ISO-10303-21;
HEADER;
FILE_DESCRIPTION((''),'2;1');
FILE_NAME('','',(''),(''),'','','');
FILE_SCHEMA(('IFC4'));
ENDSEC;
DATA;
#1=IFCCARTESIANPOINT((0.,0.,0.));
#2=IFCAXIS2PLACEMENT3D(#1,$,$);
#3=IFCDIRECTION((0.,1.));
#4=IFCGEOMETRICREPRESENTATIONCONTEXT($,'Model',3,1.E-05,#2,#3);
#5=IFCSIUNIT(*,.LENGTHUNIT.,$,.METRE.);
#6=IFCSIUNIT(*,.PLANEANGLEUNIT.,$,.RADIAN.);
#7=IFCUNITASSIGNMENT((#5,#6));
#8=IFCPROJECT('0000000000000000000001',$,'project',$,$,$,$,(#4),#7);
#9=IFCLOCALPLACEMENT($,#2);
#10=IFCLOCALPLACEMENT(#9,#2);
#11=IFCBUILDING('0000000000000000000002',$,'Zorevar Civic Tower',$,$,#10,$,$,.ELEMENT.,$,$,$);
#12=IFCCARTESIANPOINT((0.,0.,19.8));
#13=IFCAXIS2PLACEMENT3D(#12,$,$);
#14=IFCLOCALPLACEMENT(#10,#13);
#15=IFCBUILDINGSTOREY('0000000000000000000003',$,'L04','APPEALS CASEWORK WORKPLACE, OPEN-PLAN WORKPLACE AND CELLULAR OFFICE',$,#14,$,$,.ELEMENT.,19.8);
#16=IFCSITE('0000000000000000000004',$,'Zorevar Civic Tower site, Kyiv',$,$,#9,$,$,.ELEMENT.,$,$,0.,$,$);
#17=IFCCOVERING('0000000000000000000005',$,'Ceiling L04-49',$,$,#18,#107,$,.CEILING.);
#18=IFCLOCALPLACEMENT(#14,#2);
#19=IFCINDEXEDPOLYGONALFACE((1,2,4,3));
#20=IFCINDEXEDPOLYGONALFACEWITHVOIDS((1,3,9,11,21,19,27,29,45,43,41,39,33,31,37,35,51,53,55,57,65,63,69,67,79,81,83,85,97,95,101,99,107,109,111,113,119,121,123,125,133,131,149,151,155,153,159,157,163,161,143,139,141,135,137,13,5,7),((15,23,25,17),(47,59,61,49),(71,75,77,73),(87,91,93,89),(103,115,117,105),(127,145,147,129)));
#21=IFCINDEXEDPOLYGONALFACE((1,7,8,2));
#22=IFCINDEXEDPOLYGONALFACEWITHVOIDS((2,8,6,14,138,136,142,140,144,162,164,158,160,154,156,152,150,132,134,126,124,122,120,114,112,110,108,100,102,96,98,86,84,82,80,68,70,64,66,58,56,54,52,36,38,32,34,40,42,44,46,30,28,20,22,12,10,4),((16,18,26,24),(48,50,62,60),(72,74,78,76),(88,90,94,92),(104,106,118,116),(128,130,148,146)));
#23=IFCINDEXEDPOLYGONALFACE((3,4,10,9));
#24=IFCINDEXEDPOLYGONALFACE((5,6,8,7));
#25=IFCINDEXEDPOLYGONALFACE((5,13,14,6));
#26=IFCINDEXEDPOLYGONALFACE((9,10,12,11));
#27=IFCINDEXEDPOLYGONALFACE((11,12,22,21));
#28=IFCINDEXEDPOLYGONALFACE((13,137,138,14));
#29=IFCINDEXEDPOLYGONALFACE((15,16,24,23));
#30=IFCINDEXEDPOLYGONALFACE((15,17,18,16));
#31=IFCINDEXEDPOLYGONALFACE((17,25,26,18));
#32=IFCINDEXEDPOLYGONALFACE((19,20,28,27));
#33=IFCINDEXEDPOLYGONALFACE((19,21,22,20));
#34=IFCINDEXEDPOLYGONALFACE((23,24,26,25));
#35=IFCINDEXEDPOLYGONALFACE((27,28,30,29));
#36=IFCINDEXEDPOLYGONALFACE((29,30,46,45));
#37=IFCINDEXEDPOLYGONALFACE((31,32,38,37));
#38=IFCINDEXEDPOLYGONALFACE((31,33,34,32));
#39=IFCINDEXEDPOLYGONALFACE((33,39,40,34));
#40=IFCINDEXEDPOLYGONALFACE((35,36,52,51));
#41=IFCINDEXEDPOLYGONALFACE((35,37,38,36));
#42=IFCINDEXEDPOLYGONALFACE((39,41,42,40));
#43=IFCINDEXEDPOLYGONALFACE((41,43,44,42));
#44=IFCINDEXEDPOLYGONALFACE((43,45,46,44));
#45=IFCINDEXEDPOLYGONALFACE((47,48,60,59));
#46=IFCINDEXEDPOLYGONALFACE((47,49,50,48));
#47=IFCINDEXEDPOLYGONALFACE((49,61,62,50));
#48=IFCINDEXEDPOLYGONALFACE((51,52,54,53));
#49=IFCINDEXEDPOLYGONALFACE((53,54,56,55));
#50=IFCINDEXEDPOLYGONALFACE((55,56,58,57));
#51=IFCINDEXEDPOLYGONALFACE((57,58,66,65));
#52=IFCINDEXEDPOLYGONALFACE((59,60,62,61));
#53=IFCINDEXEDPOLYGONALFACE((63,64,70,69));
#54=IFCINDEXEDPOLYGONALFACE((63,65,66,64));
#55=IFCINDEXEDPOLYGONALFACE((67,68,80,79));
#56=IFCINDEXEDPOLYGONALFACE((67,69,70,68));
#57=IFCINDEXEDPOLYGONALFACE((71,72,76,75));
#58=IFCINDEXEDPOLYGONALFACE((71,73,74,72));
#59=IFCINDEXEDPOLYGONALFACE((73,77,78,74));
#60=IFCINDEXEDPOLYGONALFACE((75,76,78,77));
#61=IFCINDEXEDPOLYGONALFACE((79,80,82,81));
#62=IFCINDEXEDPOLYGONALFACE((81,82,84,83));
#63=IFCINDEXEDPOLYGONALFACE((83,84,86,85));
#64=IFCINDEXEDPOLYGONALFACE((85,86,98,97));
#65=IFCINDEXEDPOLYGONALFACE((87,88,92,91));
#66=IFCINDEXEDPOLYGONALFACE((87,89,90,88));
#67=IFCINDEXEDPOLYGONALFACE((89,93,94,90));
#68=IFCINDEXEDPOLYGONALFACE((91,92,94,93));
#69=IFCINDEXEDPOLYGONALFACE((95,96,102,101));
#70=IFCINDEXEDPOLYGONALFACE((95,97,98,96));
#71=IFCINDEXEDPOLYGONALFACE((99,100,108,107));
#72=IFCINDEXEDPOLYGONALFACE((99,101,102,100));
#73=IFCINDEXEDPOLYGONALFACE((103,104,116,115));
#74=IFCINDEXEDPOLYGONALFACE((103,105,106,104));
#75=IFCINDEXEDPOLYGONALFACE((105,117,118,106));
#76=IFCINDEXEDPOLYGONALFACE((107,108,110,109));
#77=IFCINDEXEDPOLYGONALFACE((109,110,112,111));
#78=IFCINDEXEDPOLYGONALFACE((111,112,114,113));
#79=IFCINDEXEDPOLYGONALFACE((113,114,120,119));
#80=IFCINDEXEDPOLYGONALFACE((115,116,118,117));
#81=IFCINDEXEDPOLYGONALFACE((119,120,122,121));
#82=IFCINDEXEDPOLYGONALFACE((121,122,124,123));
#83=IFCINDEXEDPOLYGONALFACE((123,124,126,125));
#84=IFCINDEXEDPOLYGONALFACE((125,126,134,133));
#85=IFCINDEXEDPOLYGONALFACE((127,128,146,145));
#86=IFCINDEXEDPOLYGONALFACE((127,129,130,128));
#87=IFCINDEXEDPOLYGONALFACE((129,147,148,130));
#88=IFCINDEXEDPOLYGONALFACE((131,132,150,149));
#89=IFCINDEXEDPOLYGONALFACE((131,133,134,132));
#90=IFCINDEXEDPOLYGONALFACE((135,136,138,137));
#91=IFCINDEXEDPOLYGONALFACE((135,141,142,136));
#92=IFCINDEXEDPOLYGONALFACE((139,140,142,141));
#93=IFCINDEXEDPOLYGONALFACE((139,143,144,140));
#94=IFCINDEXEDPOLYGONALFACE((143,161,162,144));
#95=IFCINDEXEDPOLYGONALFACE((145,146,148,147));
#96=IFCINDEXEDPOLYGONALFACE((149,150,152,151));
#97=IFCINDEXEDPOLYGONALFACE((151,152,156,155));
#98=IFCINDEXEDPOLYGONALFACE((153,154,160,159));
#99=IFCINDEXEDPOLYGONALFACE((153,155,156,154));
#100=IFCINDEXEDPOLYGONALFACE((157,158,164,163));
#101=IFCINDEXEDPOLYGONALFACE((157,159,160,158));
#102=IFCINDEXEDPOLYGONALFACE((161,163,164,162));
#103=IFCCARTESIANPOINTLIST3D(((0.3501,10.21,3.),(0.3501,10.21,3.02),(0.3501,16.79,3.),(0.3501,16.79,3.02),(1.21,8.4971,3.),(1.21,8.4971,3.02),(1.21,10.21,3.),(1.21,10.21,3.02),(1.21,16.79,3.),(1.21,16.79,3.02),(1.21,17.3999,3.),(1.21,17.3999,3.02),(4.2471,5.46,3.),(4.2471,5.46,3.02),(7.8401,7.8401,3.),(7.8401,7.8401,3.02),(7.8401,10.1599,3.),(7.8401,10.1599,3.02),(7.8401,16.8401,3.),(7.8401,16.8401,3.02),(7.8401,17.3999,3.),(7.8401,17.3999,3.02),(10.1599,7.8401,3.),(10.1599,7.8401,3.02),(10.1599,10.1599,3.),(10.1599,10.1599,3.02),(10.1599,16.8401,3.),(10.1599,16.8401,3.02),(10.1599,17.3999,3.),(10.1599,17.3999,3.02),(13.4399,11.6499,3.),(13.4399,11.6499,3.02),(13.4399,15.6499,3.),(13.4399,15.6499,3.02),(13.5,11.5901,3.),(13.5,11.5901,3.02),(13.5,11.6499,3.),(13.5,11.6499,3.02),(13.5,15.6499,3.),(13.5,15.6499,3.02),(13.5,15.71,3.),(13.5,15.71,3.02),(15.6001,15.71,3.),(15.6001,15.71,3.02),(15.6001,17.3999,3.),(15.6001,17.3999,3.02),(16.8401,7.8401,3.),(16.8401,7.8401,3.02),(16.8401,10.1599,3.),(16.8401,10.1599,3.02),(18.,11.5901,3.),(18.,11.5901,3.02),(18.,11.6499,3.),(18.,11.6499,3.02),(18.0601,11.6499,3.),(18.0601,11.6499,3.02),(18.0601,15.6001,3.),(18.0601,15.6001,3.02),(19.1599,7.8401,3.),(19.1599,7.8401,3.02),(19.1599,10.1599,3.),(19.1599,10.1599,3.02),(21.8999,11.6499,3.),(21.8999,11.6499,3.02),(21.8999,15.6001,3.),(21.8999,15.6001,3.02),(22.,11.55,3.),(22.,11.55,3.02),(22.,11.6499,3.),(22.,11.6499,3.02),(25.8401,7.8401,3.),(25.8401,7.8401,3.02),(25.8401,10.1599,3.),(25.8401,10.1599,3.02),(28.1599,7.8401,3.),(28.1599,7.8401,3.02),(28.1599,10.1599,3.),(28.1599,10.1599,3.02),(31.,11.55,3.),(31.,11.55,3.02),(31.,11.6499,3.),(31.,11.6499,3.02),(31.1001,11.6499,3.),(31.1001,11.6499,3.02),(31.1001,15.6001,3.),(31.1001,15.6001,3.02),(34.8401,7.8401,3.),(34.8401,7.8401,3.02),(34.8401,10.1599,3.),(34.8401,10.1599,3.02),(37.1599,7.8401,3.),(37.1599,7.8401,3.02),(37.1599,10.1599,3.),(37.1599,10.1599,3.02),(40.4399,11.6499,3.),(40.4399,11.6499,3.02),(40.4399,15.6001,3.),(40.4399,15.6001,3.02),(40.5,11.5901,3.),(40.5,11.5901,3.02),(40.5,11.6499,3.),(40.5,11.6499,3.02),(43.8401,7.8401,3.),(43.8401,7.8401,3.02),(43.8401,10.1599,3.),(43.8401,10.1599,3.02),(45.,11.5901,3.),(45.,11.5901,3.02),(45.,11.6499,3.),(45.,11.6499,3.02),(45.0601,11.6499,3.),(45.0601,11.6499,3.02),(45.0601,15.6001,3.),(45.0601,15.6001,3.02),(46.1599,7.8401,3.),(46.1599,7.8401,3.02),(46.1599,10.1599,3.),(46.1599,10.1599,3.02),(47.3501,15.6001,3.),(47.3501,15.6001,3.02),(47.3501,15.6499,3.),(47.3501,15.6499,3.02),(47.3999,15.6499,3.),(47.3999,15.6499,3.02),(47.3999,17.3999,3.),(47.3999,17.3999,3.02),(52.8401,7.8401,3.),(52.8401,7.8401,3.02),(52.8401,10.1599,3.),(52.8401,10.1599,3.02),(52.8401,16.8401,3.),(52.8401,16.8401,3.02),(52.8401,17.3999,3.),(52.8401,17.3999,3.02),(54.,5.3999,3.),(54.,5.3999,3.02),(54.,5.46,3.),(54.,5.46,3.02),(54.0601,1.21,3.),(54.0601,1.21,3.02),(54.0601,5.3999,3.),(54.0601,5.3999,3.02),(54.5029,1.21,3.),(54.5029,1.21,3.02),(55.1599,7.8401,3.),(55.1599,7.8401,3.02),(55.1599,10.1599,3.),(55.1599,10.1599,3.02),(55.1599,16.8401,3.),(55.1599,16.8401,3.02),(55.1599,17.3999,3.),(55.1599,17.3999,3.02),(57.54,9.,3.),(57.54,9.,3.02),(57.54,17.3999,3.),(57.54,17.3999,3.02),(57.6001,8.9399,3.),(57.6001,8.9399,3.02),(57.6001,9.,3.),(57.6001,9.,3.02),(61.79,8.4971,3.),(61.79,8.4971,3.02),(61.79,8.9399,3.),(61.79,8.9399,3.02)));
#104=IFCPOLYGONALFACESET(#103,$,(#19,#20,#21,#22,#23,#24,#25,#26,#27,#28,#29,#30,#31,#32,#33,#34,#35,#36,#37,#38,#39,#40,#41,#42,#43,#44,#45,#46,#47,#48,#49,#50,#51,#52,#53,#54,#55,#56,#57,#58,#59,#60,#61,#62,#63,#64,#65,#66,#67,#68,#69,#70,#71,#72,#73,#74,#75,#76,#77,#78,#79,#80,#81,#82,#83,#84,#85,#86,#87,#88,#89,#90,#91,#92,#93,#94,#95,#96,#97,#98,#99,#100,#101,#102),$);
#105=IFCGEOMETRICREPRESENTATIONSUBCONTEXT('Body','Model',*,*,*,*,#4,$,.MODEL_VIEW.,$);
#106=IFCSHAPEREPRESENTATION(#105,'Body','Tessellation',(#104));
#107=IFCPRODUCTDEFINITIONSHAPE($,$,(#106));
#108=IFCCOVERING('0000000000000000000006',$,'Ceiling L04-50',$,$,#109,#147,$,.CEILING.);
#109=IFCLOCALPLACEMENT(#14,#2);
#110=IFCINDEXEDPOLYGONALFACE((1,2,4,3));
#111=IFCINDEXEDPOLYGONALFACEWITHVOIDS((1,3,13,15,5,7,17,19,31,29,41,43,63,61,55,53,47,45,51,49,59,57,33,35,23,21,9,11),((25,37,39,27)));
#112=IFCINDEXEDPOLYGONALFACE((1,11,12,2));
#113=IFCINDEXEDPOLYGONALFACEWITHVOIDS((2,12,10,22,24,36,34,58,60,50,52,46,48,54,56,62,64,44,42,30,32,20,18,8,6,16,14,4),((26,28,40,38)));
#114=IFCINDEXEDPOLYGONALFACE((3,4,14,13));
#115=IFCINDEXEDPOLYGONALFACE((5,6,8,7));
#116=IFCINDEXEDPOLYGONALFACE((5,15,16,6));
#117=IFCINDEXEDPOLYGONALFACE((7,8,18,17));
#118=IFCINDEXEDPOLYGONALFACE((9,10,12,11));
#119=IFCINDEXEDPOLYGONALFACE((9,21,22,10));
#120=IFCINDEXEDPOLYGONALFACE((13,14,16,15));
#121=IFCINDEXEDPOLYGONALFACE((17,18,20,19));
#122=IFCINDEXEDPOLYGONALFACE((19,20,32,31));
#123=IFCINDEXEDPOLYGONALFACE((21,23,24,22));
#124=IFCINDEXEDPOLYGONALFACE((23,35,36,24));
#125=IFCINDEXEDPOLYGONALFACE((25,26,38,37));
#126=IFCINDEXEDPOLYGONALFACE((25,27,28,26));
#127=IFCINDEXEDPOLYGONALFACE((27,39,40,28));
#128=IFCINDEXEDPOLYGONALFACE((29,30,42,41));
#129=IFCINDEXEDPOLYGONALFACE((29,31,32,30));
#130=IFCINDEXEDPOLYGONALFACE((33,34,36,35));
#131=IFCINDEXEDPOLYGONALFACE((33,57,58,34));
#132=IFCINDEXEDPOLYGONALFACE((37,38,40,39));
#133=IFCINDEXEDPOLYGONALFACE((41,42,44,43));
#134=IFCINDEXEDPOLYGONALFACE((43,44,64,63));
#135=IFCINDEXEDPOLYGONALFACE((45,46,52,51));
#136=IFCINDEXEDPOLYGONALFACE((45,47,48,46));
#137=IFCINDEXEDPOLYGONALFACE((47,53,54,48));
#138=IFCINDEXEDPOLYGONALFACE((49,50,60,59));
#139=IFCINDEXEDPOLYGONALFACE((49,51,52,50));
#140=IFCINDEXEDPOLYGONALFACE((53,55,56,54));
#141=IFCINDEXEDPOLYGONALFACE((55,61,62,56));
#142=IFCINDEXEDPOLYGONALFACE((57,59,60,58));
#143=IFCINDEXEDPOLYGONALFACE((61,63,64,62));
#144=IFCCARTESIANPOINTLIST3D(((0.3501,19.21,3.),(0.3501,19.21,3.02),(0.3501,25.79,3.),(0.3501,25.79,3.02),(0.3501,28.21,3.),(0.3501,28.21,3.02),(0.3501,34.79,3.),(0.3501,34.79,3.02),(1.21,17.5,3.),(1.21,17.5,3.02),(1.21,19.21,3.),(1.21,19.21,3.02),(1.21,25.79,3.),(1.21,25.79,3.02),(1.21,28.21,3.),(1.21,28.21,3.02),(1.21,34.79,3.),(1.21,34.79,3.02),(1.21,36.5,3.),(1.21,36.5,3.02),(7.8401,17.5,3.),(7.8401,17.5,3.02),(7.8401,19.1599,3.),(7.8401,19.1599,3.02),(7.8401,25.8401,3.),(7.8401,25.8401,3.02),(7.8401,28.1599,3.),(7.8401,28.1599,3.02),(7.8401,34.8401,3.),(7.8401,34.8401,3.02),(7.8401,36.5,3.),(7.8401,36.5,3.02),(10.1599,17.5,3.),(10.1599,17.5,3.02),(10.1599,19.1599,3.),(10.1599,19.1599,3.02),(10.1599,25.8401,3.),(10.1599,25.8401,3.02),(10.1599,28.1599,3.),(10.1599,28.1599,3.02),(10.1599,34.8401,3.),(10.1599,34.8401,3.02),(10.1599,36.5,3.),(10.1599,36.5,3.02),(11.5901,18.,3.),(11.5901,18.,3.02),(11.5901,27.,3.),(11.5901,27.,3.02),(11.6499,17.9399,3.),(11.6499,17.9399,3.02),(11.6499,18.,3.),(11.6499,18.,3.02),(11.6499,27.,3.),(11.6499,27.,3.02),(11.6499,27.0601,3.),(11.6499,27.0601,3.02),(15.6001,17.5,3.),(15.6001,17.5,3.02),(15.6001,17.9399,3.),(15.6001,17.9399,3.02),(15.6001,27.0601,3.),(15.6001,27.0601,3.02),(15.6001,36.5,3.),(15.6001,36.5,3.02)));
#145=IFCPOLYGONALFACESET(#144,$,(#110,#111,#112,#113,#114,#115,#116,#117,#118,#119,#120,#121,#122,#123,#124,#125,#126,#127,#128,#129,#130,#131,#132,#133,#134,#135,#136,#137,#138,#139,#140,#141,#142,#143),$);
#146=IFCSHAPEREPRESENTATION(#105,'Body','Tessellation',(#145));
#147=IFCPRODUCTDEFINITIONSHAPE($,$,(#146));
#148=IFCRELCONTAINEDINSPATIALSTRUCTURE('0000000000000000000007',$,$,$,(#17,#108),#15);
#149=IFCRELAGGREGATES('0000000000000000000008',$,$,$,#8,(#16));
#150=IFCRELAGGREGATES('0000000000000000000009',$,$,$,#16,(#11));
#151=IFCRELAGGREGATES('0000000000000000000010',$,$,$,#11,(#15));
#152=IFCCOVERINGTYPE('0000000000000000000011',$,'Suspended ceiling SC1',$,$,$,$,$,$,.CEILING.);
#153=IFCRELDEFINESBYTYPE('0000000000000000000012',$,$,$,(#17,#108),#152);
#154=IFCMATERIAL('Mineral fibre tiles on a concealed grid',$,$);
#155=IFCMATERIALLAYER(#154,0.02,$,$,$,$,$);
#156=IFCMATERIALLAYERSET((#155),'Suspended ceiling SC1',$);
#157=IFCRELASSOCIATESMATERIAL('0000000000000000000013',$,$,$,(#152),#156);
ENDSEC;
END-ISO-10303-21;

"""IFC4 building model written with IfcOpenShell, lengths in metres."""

from ifc_helpers import new_model, si_unit, direction, frame, origin, place, context, subcontext, project, spatial, polyline, outline, extrude, material, layer, layer_set, type_object, element, save


model = new_model("IFC4")

# Units and contexts
model_context = context("Model", 3, precision=1e-05, world=origin(), true_north=direction((0.0, 1.0)))
body_context = subcontext(model_context, "Body", "Model", "MODEL_VIEW")
ifc_project = project(units=[si_unit("LENGTHUNIT", "METRE"), si_unit("PLANEANGLEUNIT", "RADIAN")], contexts=[model_context])

# Site, building, storey
site_placement = place(None, origin())
site = spatial("IfcSite", under=ifc_project, at=site_placement, Name="Zorevar Civic Tower site, Kyiv", CompositionType="ELEMENT", RefElevation=0.0)
building_placement = place(site_placement, origin())
building = spatial("IfcBuilding", under=site, at=building_placement, Name="Zorevar Civic Tower", CompositionType="ELEMENT")
storey_placement = place(building_placement, frame((0.0, 0.0, 19.8)))
storey = spatial("IfcBuildingStorey", under=building, at=storey_placement, Name="L04", Description="APPEALS CASEWORK WORKPLACE, OPEN-PLAN WORKPLACE AND CELLULAR OFFICE", CompositionType="ELEMENT", Elevation=19.8)

# Coverings
ifc_material_1 = material(Name="Mineral fibre tiles on a concealed grid")
ifc_layer_1 = layer(ifc_material_1, 0.02)
ifc_layer_set_1 = layer_set([ifc_layer_1], Name="Suspended ceiling SC1")
covering_type_1 = type_object("IfcCoveringType", Name="Suspended ceiling SC1", PredefinedType="CEILING", material=ifc_layer_set_1)
covering_1_placement = place(storey_placement, frame((0.0, 0.0, 3.0)))
element("IfcCovering", 1, at=covering_1_placement, inside=storey, type_object=covering_type_1, Name="Ceiling L04-49", PredefinedType="CEILING", context=body_context, shape_type="SweptSolid", body=[
    extrude(outline(polyline([(22.0, 11.6499), (22.0, 11.55), (31.0, 11.55), (31.0, 11.6499), (31.1001, 11.6499), (31.1001, 15.6001), (40.4399, 15.6001), (40.4399, 11.6499), (40.5, 11.6499), (40.5, 11.5901), (45.0, 11.5901), (45.0, 11.6499), (45.0601, 11.6499), (45.0601, 15.6001), (47.3501, 15.6001), (47.3501, 15.6499), (47.3999, 15.6499), (47.3999, 17.3999), (52.8401, 17.3999), (52.8401, 16.8401), (55.1599, 16.8401), (55.1599, 17.3999), (57.54, 17.3999), (57.54, 9.0), (57.6001, 9.0), (57.6001, 8.9399), (61.79, 8.9399), (61.79, 8.4971), (54.5029, 1.21), (54.0601, 1.21), (54.0601, 5.3999), (54.0, 5.3999), (54.0, 5.46), (4.2471, 5.46), (1.21, 8.4971), (1.21, 10.21), (0.3501, 10.21), (0.3501, 16.79), (1.21, 16.79), (1.21, 17.3999), (7.8401, 17.3999), (7.8401, 16.8401), (10.1599, 16.8401), (10.1599, 17.3999), (15.6001, 17.3999), (15.6001, 15.71), (13.5, 15.71), (13.5, 15.6499), (13.4399, 15.6499), (13.4399, 11.6499), (13.5, 11.6499), (13.5, 11.5901), (18.0, 11.5901), (18.0, 11.6499), (18.0601, 11.6499), (18.0601, 15.6001), (21.8999, 15.6001), (21.8999, 11.6499), (22.0, 11.6499)]), holes=[polyline([(10.1599, 7.8401), (10.1599, 10.1599), (7.8401, 10.1599), (7.8401, 7.8401), (10.1599, 7.8401)]), polyline([(16.8401, 10.1599), (16.8401, 7.8401), (19.1599, 7.8401), (19.1599, 10.1599), (16.8401, 10.1599)]), polyline([(28.1599, 10.1599), (25.8401, 10.1599), (25.8401, 7.8401), (28.1599, 7.8401), (28.1599, 10.1599)]), polyline([(37.1599, 7.8401), (37.1599, 10.1599), (34.8401, 10.1599), (34.8401, 7.8401), (37.1599, 7.8401)]), polyline([(43.8401, 7.8401), (46.1599, 7.8401), (46.1599, 10.1599), (43.8401, 10.1599), (43.8401, 7.8401)]), polyline([(55.1599, 10.1599), (52.8401, 10.1599), (52.8401, 7.8401), (55.1599, 7.8401), (55.1599, 10.1599)])]), origin(), (0.0, 0.0, 1.0), 0.02),
])
covering_2_placement = place(storey_placement, frame((0.0, 0.0, 3.0)))
element("IfcCovering", 2, at=covering_2_placement, inside=storey, type_object=covering_type_1, Name="Ceiling L04-50", PredefinedType="CEILING", context=body_context, shape_type="SweptSolid", body=[
    extrude(outline(polyline([(10.1599, 19.1599), (7.8401, 19.1599), (7.8401, 17.5), (1.21, 17.5), (1.21, 19.21), (0.3501, 19.21), (0.3501, 25.79), (1.21, 25.79), (1.21, 28.21), (0.3501, 28.21), (0.3501, 34.79), (1.21, 34.79), (1.21, 36.5), (7.8401, 36.5), (7.8401, 34.8401), (10.1599, 34.8401), (10.1599, 36.5), (15.6001, 36.5), (15.6001, 27.0601), (11.6499, 27.0601), (11.6499, 27.0), (11.5901, 27.0), (11.5901, 18.0), (11.6499, 18.0), (11.6499, 17.9399), (15.6001, 17.9399), (15.6001, 17.5), (10.1599, 17.5), (10.1599, 19.1599)]), holes=[polyline([(7.8401, 28.1599), (7.8401, 25.8401), (10.1599, 25.8401), (10.1599, 28.1599), (7.8401, 28.1599)])]), origin(), (0.0, 0.0, 1.0), 0.02),
])

save(model, "model.ifc")
